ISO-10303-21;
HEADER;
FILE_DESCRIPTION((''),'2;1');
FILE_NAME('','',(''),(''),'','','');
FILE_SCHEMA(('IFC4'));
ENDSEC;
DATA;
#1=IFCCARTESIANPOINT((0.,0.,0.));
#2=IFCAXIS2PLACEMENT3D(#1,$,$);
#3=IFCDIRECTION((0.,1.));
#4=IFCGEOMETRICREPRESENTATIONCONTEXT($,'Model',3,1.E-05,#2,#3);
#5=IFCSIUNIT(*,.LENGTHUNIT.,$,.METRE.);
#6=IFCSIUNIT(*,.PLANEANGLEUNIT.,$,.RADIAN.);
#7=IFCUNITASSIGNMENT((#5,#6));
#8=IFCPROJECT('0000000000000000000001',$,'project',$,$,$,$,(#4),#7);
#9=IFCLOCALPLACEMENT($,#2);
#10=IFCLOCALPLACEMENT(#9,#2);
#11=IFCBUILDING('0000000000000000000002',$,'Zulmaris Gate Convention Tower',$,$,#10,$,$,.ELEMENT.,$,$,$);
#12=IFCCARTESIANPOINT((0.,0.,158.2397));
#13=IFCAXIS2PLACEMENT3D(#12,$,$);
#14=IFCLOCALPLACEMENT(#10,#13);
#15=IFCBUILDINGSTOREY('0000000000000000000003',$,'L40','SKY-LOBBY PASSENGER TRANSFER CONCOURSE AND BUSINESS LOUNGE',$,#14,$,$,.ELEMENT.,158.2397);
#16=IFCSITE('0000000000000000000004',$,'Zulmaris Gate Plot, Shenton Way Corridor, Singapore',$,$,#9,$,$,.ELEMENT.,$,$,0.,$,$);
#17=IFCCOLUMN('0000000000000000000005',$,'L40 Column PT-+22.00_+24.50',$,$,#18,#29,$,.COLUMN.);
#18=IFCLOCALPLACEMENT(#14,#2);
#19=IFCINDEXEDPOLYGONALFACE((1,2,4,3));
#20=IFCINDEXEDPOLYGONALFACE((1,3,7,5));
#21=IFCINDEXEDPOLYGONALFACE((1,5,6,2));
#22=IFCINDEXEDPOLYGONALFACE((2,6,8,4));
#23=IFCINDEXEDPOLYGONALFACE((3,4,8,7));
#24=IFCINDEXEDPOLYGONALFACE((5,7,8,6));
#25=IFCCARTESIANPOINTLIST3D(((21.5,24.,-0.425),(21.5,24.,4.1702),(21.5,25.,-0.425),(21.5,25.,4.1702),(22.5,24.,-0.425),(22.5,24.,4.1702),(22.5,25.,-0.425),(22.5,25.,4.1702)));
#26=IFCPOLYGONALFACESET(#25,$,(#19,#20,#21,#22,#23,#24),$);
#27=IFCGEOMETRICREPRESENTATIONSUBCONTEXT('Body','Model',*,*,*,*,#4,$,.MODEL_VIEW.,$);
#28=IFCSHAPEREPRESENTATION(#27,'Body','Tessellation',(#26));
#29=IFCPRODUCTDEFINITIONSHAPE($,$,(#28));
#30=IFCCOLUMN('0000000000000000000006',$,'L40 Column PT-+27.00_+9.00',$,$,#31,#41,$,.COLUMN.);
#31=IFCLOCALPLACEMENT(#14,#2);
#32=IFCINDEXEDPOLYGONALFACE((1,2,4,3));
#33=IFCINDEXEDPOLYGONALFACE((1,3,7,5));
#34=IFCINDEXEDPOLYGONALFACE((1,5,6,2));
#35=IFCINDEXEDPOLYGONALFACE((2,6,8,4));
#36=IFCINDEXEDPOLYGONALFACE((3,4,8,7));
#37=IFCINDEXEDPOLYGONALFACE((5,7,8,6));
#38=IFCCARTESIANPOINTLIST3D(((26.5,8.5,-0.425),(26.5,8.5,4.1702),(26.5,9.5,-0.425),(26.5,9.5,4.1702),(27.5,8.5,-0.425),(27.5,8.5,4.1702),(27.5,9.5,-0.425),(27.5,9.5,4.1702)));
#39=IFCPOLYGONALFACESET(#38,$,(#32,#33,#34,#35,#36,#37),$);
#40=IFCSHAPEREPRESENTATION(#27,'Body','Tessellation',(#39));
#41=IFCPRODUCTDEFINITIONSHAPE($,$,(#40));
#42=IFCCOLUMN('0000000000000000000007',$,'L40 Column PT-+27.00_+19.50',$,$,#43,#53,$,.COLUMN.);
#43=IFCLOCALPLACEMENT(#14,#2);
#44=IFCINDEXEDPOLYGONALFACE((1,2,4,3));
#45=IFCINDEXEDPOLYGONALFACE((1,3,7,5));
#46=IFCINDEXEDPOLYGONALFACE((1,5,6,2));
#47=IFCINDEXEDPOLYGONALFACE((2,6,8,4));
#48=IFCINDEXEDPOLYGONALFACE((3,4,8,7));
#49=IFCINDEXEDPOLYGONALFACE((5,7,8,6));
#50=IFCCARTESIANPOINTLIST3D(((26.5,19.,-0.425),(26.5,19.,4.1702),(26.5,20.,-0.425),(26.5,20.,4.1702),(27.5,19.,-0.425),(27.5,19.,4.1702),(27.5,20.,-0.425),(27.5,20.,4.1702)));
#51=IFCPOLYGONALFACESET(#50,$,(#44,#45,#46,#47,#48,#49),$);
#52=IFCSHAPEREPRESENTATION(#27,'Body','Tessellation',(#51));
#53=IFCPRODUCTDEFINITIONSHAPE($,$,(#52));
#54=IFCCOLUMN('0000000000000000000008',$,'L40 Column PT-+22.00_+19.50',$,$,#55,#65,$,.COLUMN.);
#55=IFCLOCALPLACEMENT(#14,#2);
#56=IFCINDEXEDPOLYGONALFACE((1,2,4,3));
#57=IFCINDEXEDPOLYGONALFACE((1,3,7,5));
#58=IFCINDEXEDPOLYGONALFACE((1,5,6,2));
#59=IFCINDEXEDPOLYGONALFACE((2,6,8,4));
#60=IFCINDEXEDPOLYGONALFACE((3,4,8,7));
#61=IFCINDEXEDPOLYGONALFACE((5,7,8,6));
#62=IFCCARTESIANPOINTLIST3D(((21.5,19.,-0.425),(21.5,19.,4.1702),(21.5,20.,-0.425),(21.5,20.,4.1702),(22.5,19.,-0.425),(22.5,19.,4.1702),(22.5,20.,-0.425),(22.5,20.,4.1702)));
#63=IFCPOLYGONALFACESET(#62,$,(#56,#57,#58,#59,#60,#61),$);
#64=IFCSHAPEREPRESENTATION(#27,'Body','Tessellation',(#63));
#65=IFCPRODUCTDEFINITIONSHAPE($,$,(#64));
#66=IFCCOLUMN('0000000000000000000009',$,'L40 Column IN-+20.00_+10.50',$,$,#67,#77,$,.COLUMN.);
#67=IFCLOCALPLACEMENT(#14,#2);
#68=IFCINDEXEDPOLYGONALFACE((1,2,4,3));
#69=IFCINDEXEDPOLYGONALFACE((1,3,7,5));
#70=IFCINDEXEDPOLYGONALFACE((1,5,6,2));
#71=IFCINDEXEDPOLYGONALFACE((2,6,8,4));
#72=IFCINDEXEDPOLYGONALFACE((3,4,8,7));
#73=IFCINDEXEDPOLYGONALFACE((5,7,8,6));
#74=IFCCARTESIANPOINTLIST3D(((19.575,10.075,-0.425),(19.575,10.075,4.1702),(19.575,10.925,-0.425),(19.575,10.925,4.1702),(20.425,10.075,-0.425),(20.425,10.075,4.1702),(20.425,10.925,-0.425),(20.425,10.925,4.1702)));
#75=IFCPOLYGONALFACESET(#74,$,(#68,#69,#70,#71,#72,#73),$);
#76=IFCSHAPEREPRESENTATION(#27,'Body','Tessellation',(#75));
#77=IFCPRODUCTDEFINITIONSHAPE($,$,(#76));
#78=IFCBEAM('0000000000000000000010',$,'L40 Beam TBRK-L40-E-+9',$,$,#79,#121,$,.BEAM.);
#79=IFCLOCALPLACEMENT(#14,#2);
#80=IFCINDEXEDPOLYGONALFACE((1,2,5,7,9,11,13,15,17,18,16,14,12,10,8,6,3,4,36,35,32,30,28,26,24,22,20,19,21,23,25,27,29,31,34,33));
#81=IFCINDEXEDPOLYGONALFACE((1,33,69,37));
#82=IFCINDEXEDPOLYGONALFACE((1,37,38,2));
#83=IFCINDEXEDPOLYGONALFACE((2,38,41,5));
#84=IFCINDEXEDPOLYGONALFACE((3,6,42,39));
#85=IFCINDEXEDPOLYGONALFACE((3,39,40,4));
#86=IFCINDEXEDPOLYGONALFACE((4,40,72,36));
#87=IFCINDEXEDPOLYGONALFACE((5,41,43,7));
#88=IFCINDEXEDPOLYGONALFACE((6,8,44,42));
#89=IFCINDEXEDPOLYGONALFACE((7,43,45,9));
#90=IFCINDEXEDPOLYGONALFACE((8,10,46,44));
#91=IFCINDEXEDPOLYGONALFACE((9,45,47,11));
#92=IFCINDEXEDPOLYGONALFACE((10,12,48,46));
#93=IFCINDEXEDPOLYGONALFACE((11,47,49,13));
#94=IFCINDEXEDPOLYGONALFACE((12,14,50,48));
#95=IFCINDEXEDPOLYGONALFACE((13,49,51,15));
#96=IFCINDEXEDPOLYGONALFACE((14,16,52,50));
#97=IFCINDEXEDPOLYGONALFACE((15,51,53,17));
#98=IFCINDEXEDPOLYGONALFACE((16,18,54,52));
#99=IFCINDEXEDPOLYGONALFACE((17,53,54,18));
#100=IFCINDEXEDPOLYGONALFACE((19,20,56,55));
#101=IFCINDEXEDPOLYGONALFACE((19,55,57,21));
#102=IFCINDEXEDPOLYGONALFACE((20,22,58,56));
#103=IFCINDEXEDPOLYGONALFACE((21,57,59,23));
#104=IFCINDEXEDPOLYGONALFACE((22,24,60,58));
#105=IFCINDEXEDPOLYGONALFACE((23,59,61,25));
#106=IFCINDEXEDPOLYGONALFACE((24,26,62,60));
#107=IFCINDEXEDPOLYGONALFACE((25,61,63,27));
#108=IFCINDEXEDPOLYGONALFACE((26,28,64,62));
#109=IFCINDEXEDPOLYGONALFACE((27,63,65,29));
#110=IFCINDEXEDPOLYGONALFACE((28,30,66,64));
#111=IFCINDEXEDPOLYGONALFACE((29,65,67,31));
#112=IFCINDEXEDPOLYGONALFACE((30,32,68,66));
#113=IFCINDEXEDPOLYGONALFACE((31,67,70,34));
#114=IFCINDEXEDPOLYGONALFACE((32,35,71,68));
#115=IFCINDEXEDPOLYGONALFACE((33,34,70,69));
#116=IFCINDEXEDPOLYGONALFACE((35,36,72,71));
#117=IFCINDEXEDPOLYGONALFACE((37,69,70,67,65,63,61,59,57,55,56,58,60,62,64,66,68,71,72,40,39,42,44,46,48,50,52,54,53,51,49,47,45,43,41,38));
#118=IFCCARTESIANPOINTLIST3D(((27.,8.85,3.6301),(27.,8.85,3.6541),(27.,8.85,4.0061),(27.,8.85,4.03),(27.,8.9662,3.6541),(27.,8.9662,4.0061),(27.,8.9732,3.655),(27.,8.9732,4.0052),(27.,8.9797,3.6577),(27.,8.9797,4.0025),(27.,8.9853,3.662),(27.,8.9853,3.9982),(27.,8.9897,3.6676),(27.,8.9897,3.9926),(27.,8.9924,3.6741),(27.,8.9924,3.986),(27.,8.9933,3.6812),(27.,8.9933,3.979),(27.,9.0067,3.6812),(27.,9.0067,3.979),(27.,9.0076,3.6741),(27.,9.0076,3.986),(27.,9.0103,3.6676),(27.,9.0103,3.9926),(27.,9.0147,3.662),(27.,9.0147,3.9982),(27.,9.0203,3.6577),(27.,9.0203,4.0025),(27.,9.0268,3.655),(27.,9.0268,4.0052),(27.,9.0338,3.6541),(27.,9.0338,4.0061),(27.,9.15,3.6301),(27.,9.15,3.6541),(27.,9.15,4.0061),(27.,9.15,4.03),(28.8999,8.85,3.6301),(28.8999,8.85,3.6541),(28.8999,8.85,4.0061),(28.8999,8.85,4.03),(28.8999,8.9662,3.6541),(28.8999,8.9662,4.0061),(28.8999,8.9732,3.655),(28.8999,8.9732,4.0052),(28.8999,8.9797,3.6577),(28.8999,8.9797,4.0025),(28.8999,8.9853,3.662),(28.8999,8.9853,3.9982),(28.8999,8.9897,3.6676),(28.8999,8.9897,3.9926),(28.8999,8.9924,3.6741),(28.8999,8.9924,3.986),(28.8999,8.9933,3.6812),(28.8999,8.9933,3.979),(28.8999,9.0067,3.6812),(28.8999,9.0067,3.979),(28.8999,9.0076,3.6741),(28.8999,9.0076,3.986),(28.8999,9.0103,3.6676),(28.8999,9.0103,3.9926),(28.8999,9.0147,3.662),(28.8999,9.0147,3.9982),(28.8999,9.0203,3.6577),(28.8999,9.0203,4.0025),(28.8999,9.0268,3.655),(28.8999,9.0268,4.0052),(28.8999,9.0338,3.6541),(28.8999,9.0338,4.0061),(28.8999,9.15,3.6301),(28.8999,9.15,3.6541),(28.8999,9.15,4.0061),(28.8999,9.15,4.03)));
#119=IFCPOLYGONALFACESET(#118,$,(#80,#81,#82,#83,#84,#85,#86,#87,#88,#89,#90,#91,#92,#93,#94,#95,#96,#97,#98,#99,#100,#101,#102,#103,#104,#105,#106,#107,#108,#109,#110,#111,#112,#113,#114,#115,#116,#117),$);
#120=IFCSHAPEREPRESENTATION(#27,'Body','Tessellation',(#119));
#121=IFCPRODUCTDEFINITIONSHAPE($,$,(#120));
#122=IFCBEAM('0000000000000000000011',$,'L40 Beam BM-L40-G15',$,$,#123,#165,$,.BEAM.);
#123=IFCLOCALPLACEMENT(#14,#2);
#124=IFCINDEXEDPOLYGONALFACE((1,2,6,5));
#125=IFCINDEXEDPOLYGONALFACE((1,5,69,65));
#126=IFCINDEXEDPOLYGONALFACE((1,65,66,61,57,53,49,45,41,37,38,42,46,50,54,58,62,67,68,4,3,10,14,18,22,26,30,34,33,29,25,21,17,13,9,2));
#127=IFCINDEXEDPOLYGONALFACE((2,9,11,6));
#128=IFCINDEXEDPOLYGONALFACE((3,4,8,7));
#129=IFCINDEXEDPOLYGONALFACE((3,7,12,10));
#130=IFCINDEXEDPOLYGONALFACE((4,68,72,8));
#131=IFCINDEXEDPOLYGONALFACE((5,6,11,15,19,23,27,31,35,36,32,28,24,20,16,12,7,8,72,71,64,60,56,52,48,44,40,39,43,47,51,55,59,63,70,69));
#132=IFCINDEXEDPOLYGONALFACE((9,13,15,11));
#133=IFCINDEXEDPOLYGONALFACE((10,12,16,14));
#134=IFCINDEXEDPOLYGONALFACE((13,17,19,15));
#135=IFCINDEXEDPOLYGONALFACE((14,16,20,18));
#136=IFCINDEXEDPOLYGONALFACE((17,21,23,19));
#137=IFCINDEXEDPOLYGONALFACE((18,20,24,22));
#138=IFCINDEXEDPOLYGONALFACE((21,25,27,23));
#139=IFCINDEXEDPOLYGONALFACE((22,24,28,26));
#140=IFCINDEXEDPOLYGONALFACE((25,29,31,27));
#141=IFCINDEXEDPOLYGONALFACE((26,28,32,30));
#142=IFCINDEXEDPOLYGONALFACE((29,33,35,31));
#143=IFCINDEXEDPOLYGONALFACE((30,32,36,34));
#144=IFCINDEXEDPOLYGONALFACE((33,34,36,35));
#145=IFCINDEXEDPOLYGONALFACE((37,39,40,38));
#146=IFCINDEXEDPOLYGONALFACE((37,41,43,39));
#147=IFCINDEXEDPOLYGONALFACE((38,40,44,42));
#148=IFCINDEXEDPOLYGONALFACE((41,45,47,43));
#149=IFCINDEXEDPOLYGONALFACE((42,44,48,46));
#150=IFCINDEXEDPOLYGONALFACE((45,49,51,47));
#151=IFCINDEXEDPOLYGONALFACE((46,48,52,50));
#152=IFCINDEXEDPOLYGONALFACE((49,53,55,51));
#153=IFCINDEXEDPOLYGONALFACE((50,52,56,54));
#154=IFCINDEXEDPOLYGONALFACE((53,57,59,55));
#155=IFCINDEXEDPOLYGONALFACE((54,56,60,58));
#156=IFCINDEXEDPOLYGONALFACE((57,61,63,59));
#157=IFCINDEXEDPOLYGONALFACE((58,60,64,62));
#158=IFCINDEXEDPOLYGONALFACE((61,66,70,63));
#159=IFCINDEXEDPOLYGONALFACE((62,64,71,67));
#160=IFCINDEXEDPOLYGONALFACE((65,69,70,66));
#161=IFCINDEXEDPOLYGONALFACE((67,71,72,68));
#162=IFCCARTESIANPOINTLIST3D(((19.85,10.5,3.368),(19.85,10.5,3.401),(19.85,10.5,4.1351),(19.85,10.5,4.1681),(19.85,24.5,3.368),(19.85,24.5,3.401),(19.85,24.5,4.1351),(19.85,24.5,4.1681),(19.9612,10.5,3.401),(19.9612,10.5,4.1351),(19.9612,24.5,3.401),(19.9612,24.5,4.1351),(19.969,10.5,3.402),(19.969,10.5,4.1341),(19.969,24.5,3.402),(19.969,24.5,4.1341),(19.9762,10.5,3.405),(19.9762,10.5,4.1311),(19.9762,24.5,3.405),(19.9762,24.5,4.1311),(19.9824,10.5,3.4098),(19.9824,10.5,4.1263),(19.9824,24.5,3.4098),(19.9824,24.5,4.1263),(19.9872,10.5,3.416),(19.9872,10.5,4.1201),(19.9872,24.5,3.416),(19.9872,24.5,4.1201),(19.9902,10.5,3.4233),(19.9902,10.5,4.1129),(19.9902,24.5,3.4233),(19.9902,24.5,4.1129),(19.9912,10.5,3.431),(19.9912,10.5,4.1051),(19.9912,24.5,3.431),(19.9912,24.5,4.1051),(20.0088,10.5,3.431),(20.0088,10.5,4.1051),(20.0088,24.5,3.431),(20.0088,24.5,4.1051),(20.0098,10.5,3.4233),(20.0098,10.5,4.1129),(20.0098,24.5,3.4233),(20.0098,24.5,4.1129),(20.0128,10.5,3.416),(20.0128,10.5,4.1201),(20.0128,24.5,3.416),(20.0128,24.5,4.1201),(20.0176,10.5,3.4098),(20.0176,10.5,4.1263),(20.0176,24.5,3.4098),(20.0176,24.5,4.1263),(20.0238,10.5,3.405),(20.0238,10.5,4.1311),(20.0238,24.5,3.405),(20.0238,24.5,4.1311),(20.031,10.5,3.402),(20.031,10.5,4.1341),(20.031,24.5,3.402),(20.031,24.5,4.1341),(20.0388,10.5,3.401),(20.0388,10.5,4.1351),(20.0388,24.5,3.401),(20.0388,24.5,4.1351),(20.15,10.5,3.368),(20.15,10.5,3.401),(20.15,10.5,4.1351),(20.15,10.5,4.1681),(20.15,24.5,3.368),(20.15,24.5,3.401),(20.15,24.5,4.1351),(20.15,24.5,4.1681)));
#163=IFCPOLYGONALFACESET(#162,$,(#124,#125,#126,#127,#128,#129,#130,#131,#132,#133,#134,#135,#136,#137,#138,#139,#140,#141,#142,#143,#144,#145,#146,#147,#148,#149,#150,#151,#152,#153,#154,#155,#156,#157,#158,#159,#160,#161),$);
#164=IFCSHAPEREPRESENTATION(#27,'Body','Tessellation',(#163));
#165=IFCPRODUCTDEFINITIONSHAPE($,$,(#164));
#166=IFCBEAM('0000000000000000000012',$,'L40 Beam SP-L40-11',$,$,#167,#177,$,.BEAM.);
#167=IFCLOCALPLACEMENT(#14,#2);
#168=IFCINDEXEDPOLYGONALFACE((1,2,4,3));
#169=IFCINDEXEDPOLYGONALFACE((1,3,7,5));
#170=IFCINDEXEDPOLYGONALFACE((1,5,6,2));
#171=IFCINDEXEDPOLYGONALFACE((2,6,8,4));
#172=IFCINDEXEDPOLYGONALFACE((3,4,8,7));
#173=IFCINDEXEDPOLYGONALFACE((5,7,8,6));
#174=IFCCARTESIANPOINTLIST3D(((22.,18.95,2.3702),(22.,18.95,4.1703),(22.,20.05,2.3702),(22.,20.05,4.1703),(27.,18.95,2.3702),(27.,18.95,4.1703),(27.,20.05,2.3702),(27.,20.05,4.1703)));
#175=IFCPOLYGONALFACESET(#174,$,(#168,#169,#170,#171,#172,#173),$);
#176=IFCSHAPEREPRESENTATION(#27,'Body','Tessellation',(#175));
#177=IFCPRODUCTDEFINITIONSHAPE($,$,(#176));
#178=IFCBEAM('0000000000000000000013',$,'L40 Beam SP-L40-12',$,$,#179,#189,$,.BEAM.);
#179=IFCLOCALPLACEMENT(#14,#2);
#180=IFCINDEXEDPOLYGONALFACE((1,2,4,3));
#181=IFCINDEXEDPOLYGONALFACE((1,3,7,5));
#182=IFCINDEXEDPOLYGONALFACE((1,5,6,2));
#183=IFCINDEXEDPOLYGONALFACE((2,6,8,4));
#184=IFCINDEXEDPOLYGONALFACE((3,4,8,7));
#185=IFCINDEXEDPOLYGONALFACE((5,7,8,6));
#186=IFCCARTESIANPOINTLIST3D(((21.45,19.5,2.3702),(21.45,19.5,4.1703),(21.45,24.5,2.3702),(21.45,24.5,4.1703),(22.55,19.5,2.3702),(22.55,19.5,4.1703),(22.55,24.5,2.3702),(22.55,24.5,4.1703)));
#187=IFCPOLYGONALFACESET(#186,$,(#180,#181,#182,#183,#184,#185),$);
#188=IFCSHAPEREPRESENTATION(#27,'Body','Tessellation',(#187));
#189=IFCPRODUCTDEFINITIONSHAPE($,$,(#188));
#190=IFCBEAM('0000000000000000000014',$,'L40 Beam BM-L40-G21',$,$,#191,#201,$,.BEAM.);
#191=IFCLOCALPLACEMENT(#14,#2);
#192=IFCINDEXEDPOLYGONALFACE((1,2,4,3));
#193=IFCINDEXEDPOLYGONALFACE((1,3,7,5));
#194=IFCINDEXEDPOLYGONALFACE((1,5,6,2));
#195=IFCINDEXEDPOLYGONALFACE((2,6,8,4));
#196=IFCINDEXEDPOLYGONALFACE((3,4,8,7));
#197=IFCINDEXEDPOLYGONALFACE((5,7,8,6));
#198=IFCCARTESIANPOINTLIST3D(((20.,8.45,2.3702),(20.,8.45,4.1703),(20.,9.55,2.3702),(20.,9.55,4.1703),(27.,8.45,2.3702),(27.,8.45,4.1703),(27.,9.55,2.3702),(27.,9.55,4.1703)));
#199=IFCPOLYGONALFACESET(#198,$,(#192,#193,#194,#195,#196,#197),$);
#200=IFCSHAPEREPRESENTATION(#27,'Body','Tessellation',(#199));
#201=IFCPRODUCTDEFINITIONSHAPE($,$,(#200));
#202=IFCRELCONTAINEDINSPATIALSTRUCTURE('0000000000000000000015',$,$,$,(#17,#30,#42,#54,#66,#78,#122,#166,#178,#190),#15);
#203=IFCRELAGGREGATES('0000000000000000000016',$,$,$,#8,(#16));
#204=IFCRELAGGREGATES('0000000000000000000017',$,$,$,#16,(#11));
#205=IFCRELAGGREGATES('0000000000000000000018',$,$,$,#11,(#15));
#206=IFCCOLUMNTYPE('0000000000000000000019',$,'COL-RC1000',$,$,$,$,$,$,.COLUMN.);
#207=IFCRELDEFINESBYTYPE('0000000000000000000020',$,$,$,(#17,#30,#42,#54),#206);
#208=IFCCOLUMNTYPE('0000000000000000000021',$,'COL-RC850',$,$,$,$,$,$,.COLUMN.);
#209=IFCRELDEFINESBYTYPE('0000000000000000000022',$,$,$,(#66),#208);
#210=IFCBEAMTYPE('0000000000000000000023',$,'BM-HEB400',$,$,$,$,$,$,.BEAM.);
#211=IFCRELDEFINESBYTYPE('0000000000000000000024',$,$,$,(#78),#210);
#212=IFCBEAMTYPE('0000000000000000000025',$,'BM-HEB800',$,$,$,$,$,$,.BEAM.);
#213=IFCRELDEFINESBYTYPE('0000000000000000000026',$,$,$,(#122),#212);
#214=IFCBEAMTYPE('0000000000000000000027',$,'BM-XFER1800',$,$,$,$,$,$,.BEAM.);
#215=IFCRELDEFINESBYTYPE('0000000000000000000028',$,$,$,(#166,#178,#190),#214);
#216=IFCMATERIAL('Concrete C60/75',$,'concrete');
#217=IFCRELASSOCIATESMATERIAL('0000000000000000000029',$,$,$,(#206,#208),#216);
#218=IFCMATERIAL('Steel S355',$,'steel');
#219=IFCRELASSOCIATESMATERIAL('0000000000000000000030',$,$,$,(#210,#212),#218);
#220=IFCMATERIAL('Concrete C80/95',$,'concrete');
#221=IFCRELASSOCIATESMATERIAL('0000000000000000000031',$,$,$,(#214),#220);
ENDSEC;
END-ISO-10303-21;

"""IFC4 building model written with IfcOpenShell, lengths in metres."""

from ifc_helpers import new_model, si_unit, direction, frame, origin, origin_2d, place, context, subcontext, project, spatial, rectangle, i_section, extrude, material, material_profile, profile_set, type_object, element, save


model = new_model("IFC4")

# Units and contexts
model_context = context("Model", 3, precision=1e-05, world=origin(), true_north=direction((0.0, 1.0)))
body_context = subcontext(model_context, "Body", "Model", "MODEL_VIEW")
ifc_project = project(units=[si_unit("LENGTHUNIT", "METRE"), si_unit("PLANEANGLEUNIT", "RADIAN")], contexts=[model_context])

# Site, building, storey
site_placement = place(None, origin())
site = spatial("IfcSite", under=ifc_project, at=site_placement, Name="Zulmaris Gate Plot, Shenton Way Corridor, Singapore", CompositionType="ELEMENT", RefElevation=0.0)
building_placement = place(site_placement, origin())
building = spatial("IfcBuilding", under=site, at=building_placement, Name="Zulmaris Gate Convention Tower", CompositionType="ELEMENT")
storey_placement = place(building_placement, frame((0.0, 0.0, 158.2397)))
storey = spatial("IfcBuildingStorey", under=building, at=storey_placement, Name="L40", Description="SKY-LOBBY PASSENGER TRANSFER CONCOURSE AND BUSINESS LOUNGE", CompositionType="ELEMENT", Elevation=158.2397)

# Columns
ifc_material_1 = material(Name="Concrete C60/75", Category="concrete")
ifc_material_profile_1 = material_profile(ifc_material_1, rectangle(XDim=1.0, YDim=1.0, at=origin_2d()), Name="RC COL 1000x1000")
ifc_profile_set_1 = profile_set([ifc_material_profile_1], Name="Concrete C60/75")
column_type_1 = type_object("IfcColumnType", Name="COL-RC1000", PredefinedType="COLUMN", material=ifc_profile_set_1)
for number, where, z_axis, x_axis, name in (
    (1, (22.0, 24.5, -0.425), (0.0, 0.0, 1.0), (1.0, 0.0, 0.0), "L40 Column PT-+22.00_+24.50"),
    (2, (27.0, 9.0, -0.425), (0.0, 0.0, 1.0), (1.0, 0.0, 0.0), "L40 Column PT-+27.00_+9.00"),
    (3, (27.0, 19.5, -0.425), (0.0, 0.0, 1.0), (1.0, 0.0, 0.0), "L40 Column PT-+27.00_+19.50"),
    (4, (22.0, 19.5, -0.425), (0.0, 0.0, 1.0), (1.0, 0.0, 0.0), "L40 Column PT-+22.00_+19.50"),
):
    element("IfcColumn", number, at=place(storey_placement, frame(where, z_axis=z_axis, x_axis=x_axis)), inside=storey, type_object=column_type_1, Name=name, PredefinedType="COLUMN", context=body_context, shape_type="SweptSolid", body=[
        extrude(rectangle(XDim=1.0, YDim=1.0, at=origin_2d()), origin(), (0.0, 0.0, 1.0), 4.5952),
    ])
ifc_material_profile_2 = material_profile(ifc_material_1, rectangle(XDim=0.8501, YDim=0.8501, at=origin_2d()), Name="RC COL 850x850")
ifc_profile_set_2 = profile_set([ifc_material_profile_2], Name="Concrete C60/75")
column_type_2 = type_object("IfcColumnType", Name="COL-RC850", PredefinedType="COLUMN", material=ifc_profile_set_2)
column_placement = place(storey_placement, frame((20.0, 10.5, -0.425), z_axis=(0.0, 0.0, 1.0), x_axis=(1.0, 0.0, 0.0)))
element("IfcColumn", 5, at=column_placement, inside=storey, type_object=column_type_2, Name="L40 Column IN-+20.00_+10.50", PredefinedType="COLUMN", context=body_context, shape_type="SweptSolid", body=[
    extrude(rectangle(XDim=0.8501, YDim=0.8501, at=origin_2d()), origin(), (0.0, 0.0, 1.0), 4.5952),
])

# Beams
ifc_material_2 = material(Name="Steel S355", Category="steel")
ifc_material_profile_3 = material_profile(ifc_material_2, i_section(OverallWidth=0.3, OverallDepth=0.3999, WebThickness=0.0134, FlangeThickness=0.0239, FilletRadius=0.0271, at=origin_2d()), Name="HEB 400")
ifc_profile_set_3 = profile_set([ifc_material_profile_3], Name="Steel S355")
beam_type_1 = type_object("IfcBeamType", Name="BM-HEB400", PredefinedType="BEAM", material=ifc_profile_set_3)
beam_1_placement = place(storey_placement, frame((27.0, 9.0, 3.8301), z_axis=(1.0, 0.0, 0.0), x_axis=(0.0, 1.0, 0.0)))
element("IfcBeam", 6, at=beam_1_placement, inside=storey, type_object=beam_type_1, Name="L40 Beam TBRK-L40-E-+9", PredefinedType="BEAM", context=body_context, shape_type="SweptSolid", body=[
    extrude(i_section(OverallWidth=0.3, OverallDepth=0.3999, WebThickness=0.0134, FlangeThickness=0.0239, FilletRadius=0.0271, at=origin_2d()), origin(), (0.0, 0.0, 1.0), 1.8999),
])
ifc_material_profile_4 = material_profile(ifc_material_2, i_section(OverallWidth=0.3, OverallDepth=0.8, WebThickness=0.0176, FlangeThickness=0.033, FilletRadius=0.03, at=origin_2d()), Name="HEB 800")
ifc_profile_set_4 = profile_set([ifc_material_profile_4], Name="Steel S355")
beam_type_2 = type_object("IfcBeamType", Name="BM-HEB800", PredefinedType="BEAM", material=ifc_profile_set_4)
beam_2_placement = place(storey_placement, frame((20.0, 10.5, 3.7681), z_axis=(0.0, 1.0, 0.0), x_axis=(-1.0, 0.0, 0.0)))
element("IfcBeam", 7, at=beam_2_placement, inside=storey, type_object=beam_type_2, Name="L40 Beam BM-L40-G15", PredefinedType="BEAM", context=body_context, shape_type="SweptSolid", body=[
    extrude(i_section(OverallWidth=0.3, OverallDepth=0.8, WebThickness=0.0176, FlangeThickness=0.033, FilletRadius=0.03, at=origin_2d()), origin(), (0.0, 0.0, 1.0), 14.0),
])
ifc_material_3 = material(Name="Concrete C80/95", Category="concrete")
ifc_material_profile_5 = material_profile(ifc_material_3, rectangle(XDim=1.1001, YDim=1.8, at=origin_2d()), Name="RC TRANSFER 1100x1800")
ifc_profile_set_5 = profile_set([ifc_material_profile_5], Name="Concrete C80/95")
beam_type_3 = type_object("IfcBeamType", Name="BM-XFER1800", PredefinedType="BEAM", material=ifc_profile_set_5)
for number, where, z_axis, x_axis, name in (
    (8, (27.0, 19.5, 3.2703), (-1.0, 0.0, 0.0), (0.0, -1.0, 0.0), "L40 Beam SP-L40-11"),
    (9, (22.0, 19.5, 3.2703), (0.0, 1.0, 0.0), (-1.0, 0.0, 0.0), "L40 Beam SP-L40-12"),
):
    element("IfcBeam", number, at=place(storey_placement, frame(where, z_axis=z_axis, x_axis=x_axis)), inside=storey, type_object=beam_type_3, Name=name, PredefinedType="BEAM", context=body_context, shape_type="SweptSolid", body=[
        extrude(rectangle(XDim=1.1001, YDim=1.8, at=origin_2d()), origin(), (0.0, 0.0, 1.0), 5.0),
    ])
beam_3_placement = place(storey_placement, frame((20.0, 9.0, 3.2703), z_axis=(1.0, 0.0, 0.0), x_axis=(0.0, 1.0, 0.0)))
element("IfcBeam", 10, at=beam_3_placement, inside=storey, type_object=beam_type_3, Name="L40 Beam BM-L40-G21", PredefinedType="BEAM", context=body_context, shape_type="SweptSolid", body=[
    extrude(rectangle(XDim=1.1001, YDim=1.8, at=origin_2d()), origin(), (0.0, 0.0, 1.0), 7.0),
])

save(model, "model.ifc")
